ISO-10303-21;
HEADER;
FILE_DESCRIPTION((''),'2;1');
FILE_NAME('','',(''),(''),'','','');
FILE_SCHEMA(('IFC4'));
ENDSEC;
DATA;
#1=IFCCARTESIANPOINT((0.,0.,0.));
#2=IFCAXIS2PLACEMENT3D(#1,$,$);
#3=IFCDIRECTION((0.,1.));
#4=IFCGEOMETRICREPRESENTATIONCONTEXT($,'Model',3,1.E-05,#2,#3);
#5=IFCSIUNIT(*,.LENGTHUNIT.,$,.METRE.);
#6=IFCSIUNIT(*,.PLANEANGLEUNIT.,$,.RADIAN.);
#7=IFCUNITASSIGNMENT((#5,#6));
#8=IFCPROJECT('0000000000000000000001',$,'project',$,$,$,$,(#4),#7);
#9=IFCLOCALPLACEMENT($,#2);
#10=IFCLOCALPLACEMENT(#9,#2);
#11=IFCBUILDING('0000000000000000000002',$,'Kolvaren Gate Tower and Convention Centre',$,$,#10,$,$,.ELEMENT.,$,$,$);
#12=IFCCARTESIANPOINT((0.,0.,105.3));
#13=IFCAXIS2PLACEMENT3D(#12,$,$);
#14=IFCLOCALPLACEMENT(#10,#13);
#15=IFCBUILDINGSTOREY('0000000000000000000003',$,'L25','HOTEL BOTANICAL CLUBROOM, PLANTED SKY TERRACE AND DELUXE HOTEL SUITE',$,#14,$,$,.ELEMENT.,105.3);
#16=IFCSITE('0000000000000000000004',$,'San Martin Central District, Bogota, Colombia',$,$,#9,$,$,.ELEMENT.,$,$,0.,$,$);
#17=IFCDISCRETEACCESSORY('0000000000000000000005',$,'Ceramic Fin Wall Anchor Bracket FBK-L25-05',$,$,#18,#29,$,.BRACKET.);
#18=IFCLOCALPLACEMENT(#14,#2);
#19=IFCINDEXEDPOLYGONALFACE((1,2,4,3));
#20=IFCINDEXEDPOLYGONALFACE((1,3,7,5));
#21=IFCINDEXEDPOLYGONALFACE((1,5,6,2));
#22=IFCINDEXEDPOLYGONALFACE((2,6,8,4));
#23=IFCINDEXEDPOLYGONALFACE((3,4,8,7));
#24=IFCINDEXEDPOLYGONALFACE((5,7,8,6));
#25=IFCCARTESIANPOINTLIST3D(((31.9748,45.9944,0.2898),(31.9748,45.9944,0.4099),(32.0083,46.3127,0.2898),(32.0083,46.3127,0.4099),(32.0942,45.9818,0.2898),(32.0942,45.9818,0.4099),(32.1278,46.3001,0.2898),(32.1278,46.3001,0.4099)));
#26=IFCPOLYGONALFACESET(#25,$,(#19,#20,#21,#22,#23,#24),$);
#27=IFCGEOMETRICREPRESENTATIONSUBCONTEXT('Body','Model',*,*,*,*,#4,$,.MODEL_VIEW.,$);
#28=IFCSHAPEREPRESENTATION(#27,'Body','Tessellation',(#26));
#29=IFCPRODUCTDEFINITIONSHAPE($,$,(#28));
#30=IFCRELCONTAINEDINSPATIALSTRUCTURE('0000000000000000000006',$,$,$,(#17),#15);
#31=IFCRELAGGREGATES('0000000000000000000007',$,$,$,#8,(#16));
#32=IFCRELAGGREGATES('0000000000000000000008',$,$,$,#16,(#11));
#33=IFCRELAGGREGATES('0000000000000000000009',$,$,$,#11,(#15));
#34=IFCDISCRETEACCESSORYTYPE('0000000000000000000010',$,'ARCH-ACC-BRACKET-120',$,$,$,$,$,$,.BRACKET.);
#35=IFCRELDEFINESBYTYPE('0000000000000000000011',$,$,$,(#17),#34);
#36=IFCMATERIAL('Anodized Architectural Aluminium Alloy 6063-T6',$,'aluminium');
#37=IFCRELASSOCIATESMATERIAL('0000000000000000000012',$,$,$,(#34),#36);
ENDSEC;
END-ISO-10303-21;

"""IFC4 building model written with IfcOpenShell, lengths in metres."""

from ifc_helpers import new_model, si_unit, direction, frame, origin, origin_2d, place, context, subcontext, project, spatial, rectangle, extrude, material, type_object, element, save


model = new_model("IFC4")

# Units and contexts
model_context = context("Model", 3, precision=1e-05, world=origin(), true_north=direction((0.0, 1.0)))
body_context = subcontext(model_context, "Body", "Model", "MODEL_VIEW")
ifc_project = project(units=[si_unit("LENGTHUNIT", "METRE"), si_unit("PLANEANGLEUNIT", "RADIAN")], contexts=[model_context])

# Site, building, storey
site_placement = place(None, origin())
site = spatial("IfcSite", under=ifc_project, at=site_placement, Name="San Martin Central District, Bogota, Colombia", CompositionType="ELEMENT", RefElevation=0.0)
building_placement = place(site_placement, origin())
building = spatial("IfcBuilding", under=site, at=building_placement, Name="Kolvaren Gate Tower and Convention Centre", CompositionType="ELEMENT")
storey_placement = place(building_placement, frame((0.0, 0.0, 105.3)))
storey = spatial("IfcBuildingStorey", under=building, at=storey_placement, Name="L25", Description="HOTEL BOTANICAL CLUBROOM, PLANTED SKY TERRACE AND DELUXE HOTEL SUITE", CompositionType="ELEMENT", Elevation=105.3)

# Discrete accessory
ifc_material_1 = material(Name="Anodized Architectural Aluminium Alloy 6063-T6", Category="aluminium")
discrete_accessory_type = type_object("IfcDiscreteAccessoryType", Name="ARCH-ACC-BRACKET-120", PredefinedType="BRACKET", material=ifc_material_1)
discrete_accessory_placement = place(storey_placement, frame((32.0513, 46.1472, 0.2898), z_axis=(0.0, 0.0, 1.0), x_axis=(0.9945, -0.104737, 0.0)))
element("IfcDiscreteAccessory", 1, at=discrete_accessory_placement, inside=storey, type_object=discrete_accessory_type, Name="Ceramic Fin Wall Anchor Bracket FBK-L25-05", PredefinedType="BRACKET", context=body_context, shape_type="SweptSolid", body=[
    extrude(rectangle(XDim=0.1201, YDim=0.3201, at=origin_2d()), origin(), (0.0, 0.0, 1.0), 0.1201),
])

save(model, "model.ifc")
